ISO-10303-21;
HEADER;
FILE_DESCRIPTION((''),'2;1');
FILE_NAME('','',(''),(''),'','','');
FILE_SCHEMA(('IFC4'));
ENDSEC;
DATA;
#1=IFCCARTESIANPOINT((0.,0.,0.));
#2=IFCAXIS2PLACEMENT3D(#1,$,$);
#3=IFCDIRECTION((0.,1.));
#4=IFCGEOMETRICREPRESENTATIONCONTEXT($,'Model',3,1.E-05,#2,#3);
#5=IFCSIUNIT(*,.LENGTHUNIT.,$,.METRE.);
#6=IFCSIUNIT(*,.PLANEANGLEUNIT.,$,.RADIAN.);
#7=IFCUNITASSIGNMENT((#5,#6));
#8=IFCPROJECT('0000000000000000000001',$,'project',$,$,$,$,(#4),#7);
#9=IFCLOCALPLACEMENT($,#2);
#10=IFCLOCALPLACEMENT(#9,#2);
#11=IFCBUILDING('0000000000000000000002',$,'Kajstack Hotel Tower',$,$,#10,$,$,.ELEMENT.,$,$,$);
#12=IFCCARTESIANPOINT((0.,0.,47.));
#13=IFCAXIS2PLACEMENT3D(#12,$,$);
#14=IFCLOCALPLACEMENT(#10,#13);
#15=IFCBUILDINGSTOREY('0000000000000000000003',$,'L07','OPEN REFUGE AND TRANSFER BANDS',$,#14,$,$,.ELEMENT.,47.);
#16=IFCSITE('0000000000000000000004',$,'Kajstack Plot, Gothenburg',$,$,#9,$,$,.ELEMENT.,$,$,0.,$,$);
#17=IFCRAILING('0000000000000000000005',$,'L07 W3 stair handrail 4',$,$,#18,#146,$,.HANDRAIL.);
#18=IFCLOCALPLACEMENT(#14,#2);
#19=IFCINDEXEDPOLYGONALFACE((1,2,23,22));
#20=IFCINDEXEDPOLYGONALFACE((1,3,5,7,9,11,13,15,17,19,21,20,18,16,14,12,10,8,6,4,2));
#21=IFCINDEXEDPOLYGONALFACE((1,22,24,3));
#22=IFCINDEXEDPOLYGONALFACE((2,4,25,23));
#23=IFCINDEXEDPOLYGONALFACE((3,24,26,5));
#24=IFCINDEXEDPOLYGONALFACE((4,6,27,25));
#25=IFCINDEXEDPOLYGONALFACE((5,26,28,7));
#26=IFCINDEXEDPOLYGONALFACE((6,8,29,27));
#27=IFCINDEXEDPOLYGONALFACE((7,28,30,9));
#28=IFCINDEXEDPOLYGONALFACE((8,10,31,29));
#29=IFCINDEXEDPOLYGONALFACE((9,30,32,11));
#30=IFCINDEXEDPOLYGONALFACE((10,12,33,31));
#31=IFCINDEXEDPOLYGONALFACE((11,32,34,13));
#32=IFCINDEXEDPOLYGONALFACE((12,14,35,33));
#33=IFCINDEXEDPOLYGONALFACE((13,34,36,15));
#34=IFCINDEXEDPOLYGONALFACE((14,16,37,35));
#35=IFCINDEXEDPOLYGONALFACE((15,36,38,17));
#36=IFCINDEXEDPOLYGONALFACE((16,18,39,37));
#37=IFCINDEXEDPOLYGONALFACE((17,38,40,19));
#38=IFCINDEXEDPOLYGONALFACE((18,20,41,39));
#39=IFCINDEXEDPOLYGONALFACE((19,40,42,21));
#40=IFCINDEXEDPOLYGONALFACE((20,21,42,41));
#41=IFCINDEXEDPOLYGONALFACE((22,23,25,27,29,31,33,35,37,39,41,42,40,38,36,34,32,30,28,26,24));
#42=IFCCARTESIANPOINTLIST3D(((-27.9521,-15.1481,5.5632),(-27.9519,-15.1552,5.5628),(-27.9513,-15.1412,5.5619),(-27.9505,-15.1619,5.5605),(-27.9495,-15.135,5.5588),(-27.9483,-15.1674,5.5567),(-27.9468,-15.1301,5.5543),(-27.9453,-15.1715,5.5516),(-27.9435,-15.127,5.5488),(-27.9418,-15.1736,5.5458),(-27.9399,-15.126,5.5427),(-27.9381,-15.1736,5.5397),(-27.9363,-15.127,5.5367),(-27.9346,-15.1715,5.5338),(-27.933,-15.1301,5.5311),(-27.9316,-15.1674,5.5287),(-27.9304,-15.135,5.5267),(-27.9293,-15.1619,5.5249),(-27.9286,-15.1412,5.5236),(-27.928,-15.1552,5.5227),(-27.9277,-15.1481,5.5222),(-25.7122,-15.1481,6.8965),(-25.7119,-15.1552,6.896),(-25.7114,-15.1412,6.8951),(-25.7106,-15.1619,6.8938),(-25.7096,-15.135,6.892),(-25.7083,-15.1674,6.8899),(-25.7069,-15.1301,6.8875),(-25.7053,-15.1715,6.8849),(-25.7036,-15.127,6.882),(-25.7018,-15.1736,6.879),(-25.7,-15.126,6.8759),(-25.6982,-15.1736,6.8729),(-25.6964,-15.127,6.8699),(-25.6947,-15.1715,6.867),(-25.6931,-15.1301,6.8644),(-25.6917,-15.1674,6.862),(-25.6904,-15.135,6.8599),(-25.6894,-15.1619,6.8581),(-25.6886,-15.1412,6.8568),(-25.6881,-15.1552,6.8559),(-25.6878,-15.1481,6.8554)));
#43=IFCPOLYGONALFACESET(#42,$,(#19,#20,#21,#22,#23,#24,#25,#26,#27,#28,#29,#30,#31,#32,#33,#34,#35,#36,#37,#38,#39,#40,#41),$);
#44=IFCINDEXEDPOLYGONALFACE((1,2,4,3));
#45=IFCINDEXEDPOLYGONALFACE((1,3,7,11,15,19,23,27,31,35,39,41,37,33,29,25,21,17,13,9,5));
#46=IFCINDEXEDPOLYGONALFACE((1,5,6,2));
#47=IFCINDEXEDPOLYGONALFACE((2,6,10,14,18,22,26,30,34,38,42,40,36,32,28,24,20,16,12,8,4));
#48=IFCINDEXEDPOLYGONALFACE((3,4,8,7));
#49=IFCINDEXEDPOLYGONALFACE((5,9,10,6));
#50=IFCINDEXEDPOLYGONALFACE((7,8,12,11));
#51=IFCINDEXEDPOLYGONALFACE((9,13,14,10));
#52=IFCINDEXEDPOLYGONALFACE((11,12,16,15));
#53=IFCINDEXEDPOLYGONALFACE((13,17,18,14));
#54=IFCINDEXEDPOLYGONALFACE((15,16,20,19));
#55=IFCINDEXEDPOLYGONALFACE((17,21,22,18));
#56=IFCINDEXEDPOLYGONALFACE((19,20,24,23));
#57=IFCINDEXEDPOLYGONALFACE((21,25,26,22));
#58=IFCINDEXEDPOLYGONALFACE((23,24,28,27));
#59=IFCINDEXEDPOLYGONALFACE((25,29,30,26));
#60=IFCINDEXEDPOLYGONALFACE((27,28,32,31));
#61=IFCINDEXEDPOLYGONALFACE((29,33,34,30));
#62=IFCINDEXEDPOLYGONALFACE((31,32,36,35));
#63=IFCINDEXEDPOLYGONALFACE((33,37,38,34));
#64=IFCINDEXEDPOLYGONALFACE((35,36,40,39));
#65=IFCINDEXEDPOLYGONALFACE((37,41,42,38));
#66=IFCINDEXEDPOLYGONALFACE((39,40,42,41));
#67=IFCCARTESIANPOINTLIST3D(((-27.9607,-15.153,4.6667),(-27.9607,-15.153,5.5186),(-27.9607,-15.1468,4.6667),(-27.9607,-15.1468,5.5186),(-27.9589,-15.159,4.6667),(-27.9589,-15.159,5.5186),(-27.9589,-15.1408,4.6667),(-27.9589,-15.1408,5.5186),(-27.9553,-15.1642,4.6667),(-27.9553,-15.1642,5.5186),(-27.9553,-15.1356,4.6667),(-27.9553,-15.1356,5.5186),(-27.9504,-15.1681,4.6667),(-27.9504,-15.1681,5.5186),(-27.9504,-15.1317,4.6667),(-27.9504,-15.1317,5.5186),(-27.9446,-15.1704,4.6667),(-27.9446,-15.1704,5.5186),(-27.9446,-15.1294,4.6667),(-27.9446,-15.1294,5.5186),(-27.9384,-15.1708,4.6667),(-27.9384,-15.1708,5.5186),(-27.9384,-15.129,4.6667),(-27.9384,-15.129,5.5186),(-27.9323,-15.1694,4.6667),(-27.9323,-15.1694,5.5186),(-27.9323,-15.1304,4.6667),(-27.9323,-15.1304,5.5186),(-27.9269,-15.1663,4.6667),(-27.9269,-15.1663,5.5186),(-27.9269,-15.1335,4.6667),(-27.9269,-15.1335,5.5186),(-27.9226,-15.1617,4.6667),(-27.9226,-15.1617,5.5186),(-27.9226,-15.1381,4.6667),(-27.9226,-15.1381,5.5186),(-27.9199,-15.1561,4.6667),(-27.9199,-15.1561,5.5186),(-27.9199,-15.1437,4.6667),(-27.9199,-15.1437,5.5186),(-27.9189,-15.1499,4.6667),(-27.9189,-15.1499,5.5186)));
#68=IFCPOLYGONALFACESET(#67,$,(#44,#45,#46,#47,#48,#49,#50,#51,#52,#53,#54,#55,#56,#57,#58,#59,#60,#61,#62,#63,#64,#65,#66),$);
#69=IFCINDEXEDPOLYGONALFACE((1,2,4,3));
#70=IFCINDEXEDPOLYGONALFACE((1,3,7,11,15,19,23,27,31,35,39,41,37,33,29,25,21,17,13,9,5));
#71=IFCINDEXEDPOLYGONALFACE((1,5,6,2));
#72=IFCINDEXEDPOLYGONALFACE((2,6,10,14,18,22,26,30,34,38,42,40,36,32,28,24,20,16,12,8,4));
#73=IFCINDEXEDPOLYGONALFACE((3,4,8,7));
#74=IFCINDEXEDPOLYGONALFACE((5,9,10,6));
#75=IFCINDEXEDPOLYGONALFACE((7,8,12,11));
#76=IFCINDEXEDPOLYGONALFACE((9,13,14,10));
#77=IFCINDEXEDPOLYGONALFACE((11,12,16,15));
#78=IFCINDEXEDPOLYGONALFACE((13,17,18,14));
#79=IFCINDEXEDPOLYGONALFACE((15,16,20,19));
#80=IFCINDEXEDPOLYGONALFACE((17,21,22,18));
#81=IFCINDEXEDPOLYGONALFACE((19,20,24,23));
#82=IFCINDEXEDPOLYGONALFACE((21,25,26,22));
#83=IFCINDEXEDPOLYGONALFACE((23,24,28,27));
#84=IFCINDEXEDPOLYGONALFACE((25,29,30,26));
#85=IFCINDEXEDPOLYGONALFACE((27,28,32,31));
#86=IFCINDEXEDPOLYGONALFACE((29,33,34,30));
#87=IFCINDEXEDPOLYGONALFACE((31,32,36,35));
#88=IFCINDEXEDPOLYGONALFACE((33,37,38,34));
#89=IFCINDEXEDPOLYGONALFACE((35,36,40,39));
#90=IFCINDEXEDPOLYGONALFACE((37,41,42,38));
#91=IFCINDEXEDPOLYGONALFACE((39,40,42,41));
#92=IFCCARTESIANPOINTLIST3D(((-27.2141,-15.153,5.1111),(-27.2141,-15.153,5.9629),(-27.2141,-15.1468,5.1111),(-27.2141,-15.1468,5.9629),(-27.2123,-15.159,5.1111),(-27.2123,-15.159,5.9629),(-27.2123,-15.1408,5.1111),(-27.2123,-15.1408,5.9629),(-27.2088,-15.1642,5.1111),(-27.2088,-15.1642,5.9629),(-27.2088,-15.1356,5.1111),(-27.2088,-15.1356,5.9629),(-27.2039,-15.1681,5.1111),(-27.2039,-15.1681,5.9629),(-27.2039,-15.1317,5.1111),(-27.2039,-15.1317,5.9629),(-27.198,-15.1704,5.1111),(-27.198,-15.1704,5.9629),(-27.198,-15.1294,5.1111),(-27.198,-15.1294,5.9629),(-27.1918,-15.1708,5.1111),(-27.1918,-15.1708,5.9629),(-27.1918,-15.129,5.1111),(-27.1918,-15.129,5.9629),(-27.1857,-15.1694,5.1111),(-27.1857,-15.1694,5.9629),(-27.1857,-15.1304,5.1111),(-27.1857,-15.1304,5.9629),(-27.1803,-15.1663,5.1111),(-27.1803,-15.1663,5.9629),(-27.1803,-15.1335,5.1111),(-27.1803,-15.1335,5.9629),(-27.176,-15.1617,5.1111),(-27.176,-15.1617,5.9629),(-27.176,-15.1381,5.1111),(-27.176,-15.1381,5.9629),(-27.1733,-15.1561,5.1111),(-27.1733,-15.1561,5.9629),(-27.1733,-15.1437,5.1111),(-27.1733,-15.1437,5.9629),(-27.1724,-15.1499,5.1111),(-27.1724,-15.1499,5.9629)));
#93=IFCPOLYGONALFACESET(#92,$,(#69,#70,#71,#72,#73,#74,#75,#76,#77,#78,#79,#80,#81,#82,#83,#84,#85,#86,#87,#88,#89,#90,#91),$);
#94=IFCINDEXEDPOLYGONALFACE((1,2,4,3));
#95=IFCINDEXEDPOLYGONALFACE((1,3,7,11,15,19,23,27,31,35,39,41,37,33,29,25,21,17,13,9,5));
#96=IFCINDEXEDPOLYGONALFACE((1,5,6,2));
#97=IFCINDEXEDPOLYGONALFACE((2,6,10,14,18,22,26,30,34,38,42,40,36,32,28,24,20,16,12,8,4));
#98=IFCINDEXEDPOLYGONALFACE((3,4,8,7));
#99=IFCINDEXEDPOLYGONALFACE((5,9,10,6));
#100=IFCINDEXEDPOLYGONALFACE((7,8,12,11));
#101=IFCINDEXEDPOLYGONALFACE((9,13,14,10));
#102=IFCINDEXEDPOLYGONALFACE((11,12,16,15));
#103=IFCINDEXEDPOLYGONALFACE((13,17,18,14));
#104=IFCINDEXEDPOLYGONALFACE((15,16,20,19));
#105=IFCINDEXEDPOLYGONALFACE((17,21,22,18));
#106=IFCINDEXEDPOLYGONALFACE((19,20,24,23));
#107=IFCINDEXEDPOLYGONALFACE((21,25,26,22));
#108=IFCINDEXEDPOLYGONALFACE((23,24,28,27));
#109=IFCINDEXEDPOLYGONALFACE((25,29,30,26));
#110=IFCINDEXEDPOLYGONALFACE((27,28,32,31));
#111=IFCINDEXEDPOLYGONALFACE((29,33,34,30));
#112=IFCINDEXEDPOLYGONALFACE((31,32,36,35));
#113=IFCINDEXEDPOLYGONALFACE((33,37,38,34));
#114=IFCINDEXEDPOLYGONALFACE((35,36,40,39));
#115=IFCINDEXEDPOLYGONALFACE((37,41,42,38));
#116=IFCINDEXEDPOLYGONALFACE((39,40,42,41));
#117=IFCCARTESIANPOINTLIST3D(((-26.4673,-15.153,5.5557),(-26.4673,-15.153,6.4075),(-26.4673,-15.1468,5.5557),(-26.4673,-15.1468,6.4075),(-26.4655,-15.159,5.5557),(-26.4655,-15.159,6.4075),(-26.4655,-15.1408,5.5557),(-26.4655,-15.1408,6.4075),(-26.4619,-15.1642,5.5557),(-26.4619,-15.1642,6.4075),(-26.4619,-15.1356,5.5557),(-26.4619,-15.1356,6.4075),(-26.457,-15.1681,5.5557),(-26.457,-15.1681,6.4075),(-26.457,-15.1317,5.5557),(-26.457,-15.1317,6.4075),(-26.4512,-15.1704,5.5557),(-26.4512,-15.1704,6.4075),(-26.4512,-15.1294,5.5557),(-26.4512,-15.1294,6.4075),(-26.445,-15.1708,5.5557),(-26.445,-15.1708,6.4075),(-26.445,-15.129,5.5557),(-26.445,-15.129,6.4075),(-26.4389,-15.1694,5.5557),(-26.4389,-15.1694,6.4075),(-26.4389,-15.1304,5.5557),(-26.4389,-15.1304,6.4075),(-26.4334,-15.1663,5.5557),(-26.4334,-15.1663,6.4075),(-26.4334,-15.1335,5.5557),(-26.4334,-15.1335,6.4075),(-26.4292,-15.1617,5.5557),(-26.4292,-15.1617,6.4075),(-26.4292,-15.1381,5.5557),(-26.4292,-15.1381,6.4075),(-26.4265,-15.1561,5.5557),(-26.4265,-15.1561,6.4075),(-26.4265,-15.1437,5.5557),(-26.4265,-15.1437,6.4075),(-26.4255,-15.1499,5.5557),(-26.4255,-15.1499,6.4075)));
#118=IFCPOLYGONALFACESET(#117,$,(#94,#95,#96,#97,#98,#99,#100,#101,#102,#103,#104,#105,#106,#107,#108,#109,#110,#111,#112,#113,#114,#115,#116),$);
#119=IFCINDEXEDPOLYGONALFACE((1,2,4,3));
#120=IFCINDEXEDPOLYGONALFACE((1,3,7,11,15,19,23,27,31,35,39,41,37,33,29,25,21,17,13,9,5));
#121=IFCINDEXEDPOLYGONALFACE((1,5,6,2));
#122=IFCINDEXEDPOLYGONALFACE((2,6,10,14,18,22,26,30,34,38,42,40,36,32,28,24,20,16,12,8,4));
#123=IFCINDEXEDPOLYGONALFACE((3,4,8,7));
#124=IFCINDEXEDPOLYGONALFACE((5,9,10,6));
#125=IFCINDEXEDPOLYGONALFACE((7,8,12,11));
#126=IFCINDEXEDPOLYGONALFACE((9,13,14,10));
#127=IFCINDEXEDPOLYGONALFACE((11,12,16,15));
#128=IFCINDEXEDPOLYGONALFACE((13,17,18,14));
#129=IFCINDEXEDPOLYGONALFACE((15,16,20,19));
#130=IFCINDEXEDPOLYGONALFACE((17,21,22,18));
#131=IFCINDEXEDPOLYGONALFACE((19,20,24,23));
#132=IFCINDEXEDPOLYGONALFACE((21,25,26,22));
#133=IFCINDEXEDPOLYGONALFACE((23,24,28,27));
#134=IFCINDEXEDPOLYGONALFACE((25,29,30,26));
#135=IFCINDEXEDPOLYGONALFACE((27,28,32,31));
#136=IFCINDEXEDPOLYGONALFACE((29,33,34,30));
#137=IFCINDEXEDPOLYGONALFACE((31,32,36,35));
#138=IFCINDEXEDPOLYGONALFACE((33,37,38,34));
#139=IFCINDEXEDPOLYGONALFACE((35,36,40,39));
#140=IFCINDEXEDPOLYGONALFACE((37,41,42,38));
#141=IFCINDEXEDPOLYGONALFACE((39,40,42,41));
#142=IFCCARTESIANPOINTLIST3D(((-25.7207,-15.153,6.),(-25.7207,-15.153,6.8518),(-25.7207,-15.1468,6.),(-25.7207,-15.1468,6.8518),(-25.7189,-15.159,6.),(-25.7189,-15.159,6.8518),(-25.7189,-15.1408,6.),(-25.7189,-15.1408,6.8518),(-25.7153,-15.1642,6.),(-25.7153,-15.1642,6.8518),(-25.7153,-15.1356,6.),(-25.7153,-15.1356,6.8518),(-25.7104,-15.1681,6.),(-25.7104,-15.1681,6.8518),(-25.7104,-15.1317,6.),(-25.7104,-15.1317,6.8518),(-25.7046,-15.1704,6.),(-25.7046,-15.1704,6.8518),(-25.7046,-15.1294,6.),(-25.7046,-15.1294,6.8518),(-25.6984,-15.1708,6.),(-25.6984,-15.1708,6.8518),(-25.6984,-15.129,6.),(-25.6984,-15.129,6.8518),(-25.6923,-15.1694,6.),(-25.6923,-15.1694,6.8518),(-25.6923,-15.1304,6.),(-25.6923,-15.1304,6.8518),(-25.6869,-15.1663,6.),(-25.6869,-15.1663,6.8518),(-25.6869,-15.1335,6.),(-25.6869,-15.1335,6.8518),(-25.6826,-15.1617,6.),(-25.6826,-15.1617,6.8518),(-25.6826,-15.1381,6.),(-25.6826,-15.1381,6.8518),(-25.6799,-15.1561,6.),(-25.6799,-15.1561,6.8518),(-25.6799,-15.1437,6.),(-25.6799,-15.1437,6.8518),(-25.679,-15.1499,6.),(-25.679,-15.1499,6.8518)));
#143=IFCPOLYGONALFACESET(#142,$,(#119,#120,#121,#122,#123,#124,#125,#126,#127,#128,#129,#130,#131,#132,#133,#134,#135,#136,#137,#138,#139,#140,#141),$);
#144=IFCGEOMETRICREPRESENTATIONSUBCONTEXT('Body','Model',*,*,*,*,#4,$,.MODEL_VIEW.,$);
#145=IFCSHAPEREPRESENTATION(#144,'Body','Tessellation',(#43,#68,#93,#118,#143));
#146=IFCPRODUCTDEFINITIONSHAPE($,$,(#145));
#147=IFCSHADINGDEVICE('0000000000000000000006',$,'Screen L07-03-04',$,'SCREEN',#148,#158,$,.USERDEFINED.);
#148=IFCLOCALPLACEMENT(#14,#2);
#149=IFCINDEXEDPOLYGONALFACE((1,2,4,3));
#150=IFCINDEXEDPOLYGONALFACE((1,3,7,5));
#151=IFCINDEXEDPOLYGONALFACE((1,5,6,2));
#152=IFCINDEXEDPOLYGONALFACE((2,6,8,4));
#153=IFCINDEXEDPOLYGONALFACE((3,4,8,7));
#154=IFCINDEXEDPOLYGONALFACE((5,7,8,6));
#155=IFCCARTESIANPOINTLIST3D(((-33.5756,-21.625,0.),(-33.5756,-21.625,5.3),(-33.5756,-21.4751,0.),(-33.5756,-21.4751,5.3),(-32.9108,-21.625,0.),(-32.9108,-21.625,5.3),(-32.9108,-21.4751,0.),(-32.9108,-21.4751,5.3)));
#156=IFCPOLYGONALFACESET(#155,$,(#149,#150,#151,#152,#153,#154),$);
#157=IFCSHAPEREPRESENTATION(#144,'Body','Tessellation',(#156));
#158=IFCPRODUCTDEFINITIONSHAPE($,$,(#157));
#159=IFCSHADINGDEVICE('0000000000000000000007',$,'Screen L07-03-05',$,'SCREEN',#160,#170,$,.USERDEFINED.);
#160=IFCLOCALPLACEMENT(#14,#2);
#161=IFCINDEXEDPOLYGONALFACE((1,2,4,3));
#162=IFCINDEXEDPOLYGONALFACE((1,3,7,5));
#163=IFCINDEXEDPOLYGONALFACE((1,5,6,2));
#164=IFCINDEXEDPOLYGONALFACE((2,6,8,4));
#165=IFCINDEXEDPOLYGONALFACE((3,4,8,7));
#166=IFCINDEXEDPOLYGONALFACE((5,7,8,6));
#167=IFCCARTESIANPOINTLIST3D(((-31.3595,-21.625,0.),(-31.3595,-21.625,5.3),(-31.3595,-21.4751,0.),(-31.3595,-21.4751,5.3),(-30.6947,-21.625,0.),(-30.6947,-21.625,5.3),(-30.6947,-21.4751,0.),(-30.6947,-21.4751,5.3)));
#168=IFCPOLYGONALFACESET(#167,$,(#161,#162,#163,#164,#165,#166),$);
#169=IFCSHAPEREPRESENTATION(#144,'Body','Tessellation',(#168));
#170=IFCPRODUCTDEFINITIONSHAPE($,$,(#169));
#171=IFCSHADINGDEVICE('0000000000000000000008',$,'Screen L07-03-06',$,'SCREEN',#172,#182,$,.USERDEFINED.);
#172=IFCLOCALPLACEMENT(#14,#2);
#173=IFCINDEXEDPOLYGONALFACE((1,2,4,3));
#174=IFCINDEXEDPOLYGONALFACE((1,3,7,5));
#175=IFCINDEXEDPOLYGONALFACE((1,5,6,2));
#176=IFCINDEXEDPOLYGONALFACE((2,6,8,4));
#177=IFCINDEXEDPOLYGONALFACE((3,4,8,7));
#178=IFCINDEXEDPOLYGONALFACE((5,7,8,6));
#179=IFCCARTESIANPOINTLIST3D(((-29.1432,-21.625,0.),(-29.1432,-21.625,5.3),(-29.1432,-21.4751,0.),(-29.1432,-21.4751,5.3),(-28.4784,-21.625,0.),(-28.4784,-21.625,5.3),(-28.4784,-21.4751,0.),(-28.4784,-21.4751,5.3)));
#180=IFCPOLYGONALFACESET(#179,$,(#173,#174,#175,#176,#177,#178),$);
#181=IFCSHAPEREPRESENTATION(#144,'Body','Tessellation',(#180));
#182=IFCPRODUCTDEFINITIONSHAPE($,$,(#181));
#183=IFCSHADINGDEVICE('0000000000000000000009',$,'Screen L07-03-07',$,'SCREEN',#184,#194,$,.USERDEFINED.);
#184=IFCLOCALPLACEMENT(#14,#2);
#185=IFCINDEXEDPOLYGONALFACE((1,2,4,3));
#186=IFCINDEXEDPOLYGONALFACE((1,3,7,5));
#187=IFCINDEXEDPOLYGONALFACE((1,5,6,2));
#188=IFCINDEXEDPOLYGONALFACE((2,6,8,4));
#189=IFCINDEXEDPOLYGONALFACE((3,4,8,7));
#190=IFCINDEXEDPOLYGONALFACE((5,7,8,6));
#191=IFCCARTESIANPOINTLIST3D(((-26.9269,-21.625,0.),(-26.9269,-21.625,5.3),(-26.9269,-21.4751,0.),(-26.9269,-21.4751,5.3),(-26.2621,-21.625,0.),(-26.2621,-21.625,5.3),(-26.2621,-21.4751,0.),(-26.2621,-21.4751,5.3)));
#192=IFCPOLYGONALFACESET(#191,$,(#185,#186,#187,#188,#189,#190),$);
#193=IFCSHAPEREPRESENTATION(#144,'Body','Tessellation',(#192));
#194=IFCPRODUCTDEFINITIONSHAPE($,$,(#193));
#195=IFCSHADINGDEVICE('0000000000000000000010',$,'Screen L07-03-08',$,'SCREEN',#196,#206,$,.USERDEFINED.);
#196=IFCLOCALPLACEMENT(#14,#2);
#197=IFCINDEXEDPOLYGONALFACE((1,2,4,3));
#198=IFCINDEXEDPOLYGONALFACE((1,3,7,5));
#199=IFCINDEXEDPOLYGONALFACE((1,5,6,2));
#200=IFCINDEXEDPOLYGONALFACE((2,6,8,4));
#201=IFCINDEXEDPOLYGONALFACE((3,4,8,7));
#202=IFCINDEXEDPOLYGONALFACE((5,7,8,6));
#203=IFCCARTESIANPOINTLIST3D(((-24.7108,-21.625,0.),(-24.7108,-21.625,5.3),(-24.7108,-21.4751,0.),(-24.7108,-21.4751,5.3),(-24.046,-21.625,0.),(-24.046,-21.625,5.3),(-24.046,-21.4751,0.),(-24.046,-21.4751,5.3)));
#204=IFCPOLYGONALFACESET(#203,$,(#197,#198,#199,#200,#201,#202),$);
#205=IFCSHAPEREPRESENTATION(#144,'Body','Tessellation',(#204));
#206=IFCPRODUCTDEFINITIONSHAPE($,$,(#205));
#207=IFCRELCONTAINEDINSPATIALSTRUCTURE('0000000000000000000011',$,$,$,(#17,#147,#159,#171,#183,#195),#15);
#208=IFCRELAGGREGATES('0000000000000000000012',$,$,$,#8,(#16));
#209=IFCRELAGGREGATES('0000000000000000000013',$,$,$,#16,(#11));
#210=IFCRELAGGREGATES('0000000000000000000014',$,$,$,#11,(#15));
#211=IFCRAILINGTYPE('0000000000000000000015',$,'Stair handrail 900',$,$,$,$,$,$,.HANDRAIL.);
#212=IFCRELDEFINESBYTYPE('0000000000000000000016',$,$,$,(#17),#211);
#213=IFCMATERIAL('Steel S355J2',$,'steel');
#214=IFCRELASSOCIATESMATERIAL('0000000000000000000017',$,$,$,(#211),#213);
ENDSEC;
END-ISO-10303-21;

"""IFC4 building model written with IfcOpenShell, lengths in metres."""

from ifc_helpers import new_model, si_unit, direction, frame, origin, origin_2d, place, context, subcontext, project, spatial, rectangle, circle, extrude, material, type_object, element, save


model = new_model("IFC4")

# Units and contexts
model_context = context("Model", 3, precision=1e-05, world=origin(), true_north=direction((0.0, 1.0)))
body_context = subcontext(model_context, "Body", "Model", "MODEL_VIEW")
ifc_project = project(units=[si_unit("LENGTHUNIT", "METRE"), si_unit("PLANEANGLEUNIT", "RADIAN")], contexts=[model_context])

# Site, building, storey
site_placement = place(None, origin())
site = spatial("IfcSite", under=ifc_project, at=site_placement, Name="Kajstack Plot, Gothenburg", CompositionType="ELEMENT", RefElevation=0.0)
building_placement = place(site_placement, origin())
building = spatial("IfcBuilding", under=site, at=building_placement, Name="Kajstack Hotel Tower", CompositionType="ELEMENT")
storey_placement = place(building_placement, frame((0.0, 0.0, 47.0)))
storey = spatial("IfcBuildingStorey", under=building, at=storey_placement, Name="L07", Description="OPEN REFUGE AND TRANSFER BANDS", CompositionType="ELEMENT", Elevation=47.0)

# Railing
ifc_material_1 = material(Name="Steel S355J2", Category="steel")
railing_type_1 = type_object("IfcRailingType", Name="Stair handrail 900", PredefinedType="HANDRAIL", material=ifc_material_1)
railing_1_placement = place(storey_placement, frame((-27.9399, -15.1499, 4.6667)))
element("IfcRailing", 1, at=railing_1_placement, inside=storey, type_object=railing_type_1, Name="L07 W3 stair handrail 4", PredefinedType="HANDRAIL", context=body_context, shape_type="SweptSolid", body=[
    extrude(circle(Radius=0.0239, at=origin_2d()), frame((0.0, 0.0, 0.876), z_axis=(0.859306, 0.0, 0.511462), x_axis=(0.0, 1.0, 0.0)), (0.0, 0.0, 1.0), 2.6067),
    extrude(circle(Radius=0.021, at=origin_2d()), origin(), (0.0, 0.0, 1.0), 0.8518),
    extrude(circle(Radius=0.021, at=origin_2d()), frame((0.7466, 0.0, 0.4443)), (0.0, 0.0, 1.0), 0.8518),
    extrude(circle(Radius=0.021, at=origin_2d()), frame((1.4934, 0.0, 0.8889)), (0.0, 0.0, 1.0), 0.8518),
    extrude(circle(Radius=0.021, at=origin_2d()), frame((2.24, 0.0, 1.3333)), (0.0, 0.0, 1.0), 0.8518),
])

# Shading devices
for number, where, z_axis, x_axis, name in (
    (2, (-33.2432, -21.55, 0.0), (0.0, 0.0, 1.0), (1.0, 0.0, 0.0), "Screen L07-03-04"),
    (3, (-31.0271, -21.55, 0.0), (0.0, 0.0, 1.0), (1.0, 0.0, 0.0), "Screen L07-03-05"),
    (4, (-28.8108, -21.55, 0.0), (0.0, 0.0, 1.0), (1.0, 0.0, 0.0), "Screen L07-03-06"),
    (5, (-26.5945, -21.55, 0.0), (0.0, 0.0, 1.0), (1.0, 0.0, 0.0), "Screen L07-03-07"),
    (6, (-24.3784, -21.55, 0.0), (0.0, 0.0, 1.0), (1.0, 0.0, 0.0), "Screen L07-03-08"),
):
    element("IfcShadingDevice", number, at=place(storey_placement, frame(where, z_axis=z_axis, x_axis=x_axis)), inside=storey, Name=name, ObjectType="SCREEN", PredefinedType="USERDEFINED", context=body_context, shape_type="SweptSolid", body=[
        extrude(rectangle(XDim=0.6648, YDim=0.1499, at=origin_2d()), origin(), (0.0, 0.0, 1.0), 5.3),
    ])

save(model, "model.ifc")
